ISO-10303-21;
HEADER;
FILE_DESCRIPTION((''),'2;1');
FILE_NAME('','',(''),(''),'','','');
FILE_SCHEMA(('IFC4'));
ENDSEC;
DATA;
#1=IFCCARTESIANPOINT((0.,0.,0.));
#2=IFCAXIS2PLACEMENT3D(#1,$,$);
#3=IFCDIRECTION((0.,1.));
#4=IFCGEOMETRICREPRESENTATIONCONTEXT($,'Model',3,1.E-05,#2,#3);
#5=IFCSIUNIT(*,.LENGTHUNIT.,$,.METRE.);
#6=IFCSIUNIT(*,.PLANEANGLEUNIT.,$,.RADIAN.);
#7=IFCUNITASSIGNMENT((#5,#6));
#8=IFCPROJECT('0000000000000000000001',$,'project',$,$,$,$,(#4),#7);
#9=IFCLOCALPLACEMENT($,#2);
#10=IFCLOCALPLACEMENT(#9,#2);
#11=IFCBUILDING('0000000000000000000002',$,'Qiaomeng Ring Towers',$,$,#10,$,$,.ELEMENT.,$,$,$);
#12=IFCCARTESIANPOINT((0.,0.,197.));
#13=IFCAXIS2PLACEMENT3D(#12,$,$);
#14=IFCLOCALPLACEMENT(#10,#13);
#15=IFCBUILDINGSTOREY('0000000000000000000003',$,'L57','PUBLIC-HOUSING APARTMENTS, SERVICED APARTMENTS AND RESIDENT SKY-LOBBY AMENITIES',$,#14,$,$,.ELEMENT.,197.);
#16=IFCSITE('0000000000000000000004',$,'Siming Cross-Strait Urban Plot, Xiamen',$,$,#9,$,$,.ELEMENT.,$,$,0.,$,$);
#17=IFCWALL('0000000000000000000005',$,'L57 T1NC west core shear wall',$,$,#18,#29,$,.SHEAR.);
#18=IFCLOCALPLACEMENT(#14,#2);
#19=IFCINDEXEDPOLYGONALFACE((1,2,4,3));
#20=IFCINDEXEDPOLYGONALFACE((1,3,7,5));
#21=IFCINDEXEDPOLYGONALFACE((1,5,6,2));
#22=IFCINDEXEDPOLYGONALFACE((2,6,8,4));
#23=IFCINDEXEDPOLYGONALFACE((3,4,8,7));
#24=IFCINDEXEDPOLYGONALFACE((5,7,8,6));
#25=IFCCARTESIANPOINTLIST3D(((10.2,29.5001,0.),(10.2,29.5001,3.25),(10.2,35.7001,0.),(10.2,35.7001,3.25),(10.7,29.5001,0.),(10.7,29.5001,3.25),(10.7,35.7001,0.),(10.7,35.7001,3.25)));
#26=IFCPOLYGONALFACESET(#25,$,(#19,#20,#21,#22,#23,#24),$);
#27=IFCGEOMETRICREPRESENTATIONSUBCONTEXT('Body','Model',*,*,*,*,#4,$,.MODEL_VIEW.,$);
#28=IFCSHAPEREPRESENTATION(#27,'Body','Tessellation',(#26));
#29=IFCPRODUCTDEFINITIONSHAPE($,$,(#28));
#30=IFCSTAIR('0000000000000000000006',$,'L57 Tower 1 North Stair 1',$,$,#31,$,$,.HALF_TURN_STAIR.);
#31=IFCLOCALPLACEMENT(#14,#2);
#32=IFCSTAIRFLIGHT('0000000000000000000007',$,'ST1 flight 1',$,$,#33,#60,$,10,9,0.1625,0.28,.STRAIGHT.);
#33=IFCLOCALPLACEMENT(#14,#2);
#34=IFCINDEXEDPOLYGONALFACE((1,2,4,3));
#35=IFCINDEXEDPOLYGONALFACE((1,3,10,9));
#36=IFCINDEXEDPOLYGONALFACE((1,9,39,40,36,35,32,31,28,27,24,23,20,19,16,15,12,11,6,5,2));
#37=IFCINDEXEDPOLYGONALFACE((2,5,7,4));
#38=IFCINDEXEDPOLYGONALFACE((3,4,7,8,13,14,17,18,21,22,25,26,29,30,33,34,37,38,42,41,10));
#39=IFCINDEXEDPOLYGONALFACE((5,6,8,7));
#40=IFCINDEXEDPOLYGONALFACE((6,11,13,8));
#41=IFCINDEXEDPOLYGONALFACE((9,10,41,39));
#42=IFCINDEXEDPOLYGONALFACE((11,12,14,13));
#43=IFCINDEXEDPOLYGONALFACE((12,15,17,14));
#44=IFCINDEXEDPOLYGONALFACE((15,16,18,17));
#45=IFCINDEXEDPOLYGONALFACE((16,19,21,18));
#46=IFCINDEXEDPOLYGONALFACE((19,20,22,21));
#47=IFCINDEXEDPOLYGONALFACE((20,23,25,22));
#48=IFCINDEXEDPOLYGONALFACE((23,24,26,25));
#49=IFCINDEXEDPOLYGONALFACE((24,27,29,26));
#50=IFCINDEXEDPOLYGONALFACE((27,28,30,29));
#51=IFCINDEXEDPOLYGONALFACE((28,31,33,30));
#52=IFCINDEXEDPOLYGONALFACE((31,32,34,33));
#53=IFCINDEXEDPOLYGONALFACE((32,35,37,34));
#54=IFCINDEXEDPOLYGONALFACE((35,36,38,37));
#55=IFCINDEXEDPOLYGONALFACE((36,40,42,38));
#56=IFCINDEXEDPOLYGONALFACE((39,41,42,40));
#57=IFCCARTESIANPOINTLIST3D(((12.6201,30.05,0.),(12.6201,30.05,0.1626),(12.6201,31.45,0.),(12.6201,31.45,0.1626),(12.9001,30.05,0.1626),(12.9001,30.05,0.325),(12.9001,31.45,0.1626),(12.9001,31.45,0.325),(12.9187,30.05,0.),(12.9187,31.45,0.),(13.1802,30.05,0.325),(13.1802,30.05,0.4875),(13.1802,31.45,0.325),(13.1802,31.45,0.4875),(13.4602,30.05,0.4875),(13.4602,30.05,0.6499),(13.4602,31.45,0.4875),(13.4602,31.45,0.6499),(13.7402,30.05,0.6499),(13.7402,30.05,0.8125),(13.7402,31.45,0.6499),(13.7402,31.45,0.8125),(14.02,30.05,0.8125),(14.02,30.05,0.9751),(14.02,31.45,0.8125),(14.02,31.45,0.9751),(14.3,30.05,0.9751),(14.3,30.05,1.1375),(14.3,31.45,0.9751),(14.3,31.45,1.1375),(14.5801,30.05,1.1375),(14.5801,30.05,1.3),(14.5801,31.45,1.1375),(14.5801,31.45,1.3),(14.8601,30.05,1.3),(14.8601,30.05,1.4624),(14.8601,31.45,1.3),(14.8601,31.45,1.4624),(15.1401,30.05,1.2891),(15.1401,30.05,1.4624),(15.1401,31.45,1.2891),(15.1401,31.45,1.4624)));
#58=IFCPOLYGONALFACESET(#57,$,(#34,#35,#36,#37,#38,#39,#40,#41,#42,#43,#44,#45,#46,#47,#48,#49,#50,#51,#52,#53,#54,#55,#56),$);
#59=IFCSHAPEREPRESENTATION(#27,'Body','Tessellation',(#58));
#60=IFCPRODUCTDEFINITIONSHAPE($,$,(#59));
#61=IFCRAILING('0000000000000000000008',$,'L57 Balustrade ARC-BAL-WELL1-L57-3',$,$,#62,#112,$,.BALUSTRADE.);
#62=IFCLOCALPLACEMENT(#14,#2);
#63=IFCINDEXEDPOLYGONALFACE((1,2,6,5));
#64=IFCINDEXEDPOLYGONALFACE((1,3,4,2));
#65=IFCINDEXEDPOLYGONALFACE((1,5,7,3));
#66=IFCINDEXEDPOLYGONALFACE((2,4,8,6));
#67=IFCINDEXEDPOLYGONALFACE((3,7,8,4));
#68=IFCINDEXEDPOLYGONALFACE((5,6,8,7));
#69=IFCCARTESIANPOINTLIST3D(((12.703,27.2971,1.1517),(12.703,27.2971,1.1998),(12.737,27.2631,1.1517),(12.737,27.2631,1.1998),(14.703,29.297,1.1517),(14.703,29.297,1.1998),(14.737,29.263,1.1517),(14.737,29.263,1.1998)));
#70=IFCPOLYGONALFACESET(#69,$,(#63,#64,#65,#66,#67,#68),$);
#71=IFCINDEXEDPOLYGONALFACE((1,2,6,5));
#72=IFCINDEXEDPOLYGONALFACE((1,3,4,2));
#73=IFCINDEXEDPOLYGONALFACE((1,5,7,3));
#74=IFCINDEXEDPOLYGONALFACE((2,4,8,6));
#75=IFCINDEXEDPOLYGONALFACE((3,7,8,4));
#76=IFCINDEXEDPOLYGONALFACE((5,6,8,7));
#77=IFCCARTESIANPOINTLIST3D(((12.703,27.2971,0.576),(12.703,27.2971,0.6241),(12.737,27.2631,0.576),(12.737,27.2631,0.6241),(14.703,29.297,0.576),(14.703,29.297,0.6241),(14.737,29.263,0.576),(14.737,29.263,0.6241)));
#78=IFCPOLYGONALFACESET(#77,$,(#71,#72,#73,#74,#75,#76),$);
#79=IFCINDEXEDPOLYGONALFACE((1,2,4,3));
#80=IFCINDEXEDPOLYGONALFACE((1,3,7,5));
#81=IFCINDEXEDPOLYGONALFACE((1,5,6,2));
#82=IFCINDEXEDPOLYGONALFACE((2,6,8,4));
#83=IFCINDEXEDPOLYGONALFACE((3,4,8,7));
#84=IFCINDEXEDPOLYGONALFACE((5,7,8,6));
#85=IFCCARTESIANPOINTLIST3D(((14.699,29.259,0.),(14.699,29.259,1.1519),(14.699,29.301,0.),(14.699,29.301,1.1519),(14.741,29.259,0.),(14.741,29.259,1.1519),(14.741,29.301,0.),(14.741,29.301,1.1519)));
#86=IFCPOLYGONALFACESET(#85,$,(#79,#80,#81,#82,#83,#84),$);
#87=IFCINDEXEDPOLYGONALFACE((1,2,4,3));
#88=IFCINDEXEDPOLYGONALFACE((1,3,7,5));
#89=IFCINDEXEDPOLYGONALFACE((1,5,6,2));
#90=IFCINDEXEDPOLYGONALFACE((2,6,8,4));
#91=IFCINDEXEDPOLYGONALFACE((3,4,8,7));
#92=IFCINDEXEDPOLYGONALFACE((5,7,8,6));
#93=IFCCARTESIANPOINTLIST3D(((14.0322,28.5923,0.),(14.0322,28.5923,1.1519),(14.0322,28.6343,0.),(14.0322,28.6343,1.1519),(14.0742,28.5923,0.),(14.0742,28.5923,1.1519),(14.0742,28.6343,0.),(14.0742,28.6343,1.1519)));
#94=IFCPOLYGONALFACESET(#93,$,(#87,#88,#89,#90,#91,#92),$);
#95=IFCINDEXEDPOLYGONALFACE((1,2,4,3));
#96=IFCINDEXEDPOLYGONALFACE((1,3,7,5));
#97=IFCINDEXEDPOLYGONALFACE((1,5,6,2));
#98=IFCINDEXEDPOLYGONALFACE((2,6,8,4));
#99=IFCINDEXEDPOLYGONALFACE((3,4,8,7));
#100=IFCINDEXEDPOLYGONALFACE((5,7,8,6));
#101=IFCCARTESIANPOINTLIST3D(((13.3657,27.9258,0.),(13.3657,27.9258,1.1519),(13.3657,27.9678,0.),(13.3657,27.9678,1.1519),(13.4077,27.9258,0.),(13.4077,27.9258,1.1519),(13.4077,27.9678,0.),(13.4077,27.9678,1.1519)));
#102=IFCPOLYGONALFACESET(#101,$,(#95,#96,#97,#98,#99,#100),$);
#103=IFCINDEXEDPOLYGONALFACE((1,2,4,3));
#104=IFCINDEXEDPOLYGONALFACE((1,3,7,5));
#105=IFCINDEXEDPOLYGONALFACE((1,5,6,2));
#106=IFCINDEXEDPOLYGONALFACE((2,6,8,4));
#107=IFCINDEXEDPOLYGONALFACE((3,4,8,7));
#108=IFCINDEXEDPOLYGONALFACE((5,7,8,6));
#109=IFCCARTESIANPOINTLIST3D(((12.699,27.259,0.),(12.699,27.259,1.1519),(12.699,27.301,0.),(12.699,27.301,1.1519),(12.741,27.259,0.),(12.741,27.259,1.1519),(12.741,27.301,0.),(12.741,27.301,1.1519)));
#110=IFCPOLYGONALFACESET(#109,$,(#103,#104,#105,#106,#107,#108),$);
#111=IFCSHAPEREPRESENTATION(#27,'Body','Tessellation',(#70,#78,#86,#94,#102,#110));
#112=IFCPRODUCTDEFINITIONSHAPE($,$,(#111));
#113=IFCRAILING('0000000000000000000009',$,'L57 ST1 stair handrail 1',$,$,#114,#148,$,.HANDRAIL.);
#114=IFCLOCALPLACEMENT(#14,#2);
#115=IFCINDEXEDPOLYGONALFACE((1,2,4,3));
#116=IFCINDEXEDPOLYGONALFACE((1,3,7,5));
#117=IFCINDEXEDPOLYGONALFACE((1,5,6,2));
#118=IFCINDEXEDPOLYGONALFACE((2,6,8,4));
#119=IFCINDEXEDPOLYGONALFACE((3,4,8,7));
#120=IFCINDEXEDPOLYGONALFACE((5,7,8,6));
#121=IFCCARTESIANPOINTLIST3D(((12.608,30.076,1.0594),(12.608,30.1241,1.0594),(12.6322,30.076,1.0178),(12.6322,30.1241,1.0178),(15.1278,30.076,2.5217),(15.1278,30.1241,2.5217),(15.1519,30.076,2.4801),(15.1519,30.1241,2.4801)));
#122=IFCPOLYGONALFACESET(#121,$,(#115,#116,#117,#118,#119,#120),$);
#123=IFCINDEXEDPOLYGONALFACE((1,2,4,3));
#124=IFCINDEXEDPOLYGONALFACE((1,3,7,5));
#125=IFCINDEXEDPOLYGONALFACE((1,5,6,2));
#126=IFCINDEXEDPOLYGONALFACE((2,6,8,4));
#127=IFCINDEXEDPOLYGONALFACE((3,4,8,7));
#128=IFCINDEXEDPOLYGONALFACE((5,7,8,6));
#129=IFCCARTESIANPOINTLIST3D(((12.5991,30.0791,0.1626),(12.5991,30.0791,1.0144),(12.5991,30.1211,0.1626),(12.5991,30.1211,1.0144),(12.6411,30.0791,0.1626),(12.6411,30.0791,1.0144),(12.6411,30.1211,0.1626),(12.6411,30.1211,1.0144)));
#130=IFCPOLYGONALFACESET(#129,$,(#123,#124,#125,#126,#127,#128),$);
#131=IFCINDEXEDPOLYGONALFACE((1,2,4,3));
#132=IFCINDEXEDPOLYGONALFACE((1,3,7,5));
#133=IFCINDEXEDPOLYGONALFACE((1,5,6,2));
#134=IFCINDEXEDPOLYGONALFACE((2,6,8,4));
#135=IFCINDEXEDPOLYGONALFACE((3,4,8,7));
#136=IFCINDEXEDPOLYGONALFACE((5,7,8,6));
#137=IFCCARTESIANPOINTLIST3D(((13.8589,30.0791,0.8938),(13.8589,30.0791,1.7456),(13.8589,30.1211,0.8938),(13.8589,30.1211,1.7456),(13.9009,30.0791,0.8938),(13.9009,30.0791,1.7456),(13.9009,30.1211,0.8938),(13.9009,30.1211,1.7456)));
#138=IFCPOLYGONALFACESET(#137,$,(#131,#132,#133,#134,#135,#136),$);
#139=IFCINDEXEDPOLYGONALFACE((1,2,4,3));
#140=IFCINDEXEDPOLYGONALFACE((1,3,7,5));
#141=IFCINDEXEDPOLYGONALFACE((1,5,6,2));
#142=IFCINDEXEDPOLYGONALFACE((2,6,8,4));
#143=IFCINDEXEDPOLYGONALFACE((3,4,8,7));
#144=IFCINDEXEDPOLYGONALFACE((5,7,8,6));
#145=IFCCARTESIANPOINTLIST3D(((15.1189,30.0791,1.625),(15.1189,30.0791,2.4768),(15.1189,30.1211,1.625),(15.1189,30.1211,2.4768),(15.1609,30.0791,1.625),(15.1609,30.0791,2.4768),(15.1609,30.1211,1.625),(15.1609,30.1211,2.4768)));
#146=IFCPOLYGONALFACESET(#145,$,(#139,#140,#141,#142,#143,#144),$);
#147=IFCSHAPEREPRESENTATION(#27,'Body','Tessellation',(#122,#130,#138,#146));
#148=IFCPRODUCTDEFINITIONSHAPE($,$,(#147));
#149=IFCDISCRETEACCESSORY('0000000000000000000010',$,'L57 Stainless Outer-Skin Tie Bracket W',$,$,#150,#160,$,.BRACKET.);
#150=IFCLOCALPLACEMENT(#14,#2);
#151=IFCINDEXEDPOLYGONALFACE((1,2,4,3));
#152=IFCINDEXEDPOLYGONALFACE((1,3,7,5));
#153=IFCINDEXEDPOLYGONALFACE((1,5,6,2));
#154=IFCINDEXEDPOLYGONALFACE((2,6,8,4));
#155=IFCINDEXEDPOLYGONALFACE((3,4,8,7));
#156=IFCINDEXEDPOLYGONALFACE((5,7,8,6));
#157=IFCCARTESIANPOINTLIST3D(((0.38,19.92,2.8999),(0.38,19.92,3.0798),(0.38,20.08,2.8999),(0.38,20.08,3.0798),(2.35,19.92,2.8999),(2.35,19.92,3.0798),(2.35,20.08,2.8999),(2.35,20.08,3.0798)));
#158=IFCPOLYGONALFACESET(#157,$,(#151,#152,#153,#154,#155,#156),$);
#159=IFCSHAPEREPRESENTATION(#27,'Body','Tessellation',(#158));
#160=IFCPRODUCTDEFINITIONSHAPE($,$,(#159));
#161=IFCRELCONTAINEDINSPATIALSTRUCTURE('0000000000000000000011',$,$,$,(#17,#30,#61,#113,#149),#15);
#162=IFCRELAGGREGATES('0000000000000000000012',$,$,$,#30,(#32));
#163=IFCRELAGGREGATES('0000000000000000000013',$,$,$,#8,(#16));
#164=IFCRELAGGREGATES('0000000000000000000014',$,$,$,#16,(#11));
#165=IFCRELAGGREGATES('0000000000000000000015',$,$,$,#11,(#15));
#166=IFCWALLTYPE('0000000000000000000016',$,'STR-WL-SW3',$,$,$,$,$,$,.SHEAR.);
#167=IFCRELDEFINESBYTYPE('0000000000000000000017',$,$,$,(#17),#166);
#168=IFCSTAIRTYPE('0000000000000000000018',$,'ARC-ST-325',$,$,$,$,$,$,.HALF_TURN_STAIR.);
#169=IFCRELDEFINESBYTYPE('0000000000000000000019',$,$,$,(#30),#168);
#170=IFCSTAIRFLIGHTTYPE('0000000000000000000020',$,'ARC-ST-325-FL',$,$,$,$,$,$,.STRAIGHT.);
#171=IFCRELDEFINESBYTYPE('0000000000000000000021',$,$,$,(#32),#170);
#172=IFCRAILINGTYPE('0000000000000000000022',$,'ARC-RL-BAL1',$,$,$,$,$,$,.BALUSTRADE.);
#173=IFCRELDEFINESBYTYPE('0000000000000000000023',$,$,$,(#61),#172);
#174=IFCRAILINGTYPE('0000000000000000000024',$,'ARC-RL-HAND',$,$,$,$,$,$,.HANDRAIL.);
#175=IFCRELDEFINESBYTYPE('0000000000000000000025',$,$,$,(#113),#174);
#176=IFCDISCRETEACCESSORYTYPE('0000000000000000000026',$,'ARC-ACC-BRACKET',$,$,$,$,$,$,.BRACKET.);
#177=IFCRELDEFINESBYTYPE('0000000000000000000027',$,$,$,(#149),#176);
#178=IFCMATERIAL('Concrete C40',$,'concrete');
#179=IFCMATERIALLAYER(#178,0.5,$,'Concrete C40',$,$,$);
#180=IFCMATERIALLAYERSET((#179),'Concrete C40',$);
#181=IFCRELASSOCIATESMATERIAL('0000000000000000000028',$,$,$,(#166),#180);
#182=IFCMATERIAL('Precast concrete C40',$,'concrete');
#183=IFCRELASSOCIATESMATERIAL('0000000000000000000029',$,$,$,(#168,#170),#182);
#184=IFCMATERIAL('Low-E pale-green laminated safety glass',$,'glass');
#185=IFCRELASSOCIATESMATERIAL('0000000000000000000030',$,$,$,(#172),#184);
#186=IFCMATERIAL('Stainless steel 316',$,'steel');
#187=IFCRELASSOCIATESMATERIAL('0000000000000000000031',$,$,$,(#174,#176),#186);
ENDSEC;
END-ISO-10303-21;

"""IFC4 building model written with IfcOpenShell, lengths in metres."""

from ifc_helpers import new_model, si_unit, direction, frame, frame_2d, origin, origin_2d, place, context, subcontext, project, spatial, polyline, rectangle, outline, extrude, source, transform, mapped, material, layer, layer_set, type_object, element, aggregate, save


model = new_model("IFC4")

# Units and contexts
model_context = context("Model", 3, precision=1e-05, world=origin(), true_north=direction((0.0, 1.0)))
body_context = subcontext(model_context, "Body", "Model", "MODEL_VIEW")
ifc_project = project(units=[si_unit("LENGTHUNIT", "METRE"), si_unit("PLANEANGLEUNIT", "RADIAN")], contexts=[model_context])

# Site, building, storey
site_placement = place(None, origin())
site = spatial("IfcSite", under=ifc_project, at=site_placement, Name="Siming Cross-Strait Urban Plot, Xiamen", CompositionType="ELEMENT", RefElevation=0.0)
building_placement = place(site_placement, origin())
building = spatial("IfcBuilding", under=site, at=building_placement, Name="Qiaomeng Ring Towers", CompositionType="ELEMENT")
storey_placement = place(building_placement, frame((0.0, 0.0, 197.0)))
storey = spatial("IfcBuildingStorey", under=building, at=storey_placement, Name="L57", Description="PUBLIC-HOUSING APARTMENTS, SERVICED APARTMENTS AND RESIDENT SKY-LOBBY AMENITIES", CompositionType="ELEMENT", Elevation=197.0)

# Shared definitions
ifc_material_1 = material(Name="Concrete C40", Category="concrete")

# Shared definitions
ifc_material_2 = material(Name="Stainless steel 316", Category="steel")

# Wall
ifc_layer_1 = layer(ifc_material_1, 0.5, Name="Concrete C40")
ifc_layer_set_1 = layer_set([ifc_layer_1], Name="Concrete C40")
wall_type_1 = type_object("IfcWallType", Name="STR-WL-SW3", PredefinedType="SHEAR", material=ifc_layer_set_1)
wall_1_placement = place(storey_placement, frame((10.45, 29.5, 0.0), z_axis=(0.0, 0.0, 1.0), x_axis=(0.0, 1.0, 0.0)))
element("IfcWall", 1, at=wall_1_placement, inside=storey, type_object=wall_type_1, Name="L57 T1NC west core shear wall", PredefinedType="SHEAR", context=body_context, shape_type="SweptSolid", body=[
    extrude(rectangle(XDim=6.2, YDim=0.5, at=frame_2d((3.1001, 0.0))), origin(), (0.0, 0.0, 1.0), 3.25),
])

# Stair, stair flight
ifc_material_3 = material(Name="Precast concrete C40", Category="concrete")
stair_type = type_object("IfcStairType", Name="ARC-ST-325", PredefinedType="HALF_TURN_STAIR", material=ifc_material_3)
stair_placement = place(storey_placement, origin())
stair = element("IfcStair", 2, at=stair_placement, inside=storey, type_object=stair_type, Name="L57 Tower 1 North Stair 1", PredefinedType="HALF_TURN_STAIR")
stair_flight_type = type_object("IfcStairFlightType", Name="ARC-ST-325-FL", PredefinedType="STRAIGHT", material=ifc_material_3)
shared_shape_1 = source(origin(), body_context, "Body", "SweptSolid", [
    extrude(outline(polyline([(0.0, 0.0), (0.0, 0.1626), (0.28, 0.1626), (0.28, 0.325), (0.5601, 0.325), (0.5601, 0.4875), (0.8401, 0.4875), (0.8401, 0.6499), (1.1201, 0.6499), (1.1201, 0.8125), (1.3999, 0.8125), (1.3999, 0.9751), (1.6799, 0.9751), (1.6799, 1.1375), (1.96, 1.1375), (1.96, 1.3), (2.24, 1.3), (2.24, 1.4624), (2.52, 1.4624), (2.52, 1.625), (2.52, 1.2891), (0.2986, 0.0), (0.0, 0.0)])), frame((0.0, 0.7, 0.0), z_axis=(0.0, -1.0, 0.0), x_axis=(1.0, 0.0, 0.0)), (0.0, 0.0, 1.0), 1.3999),
])
stair_flight_placement = place(storey_placement, frame((12.6201, 30.75, 0.0), z_axis=(0.0, 0.0, 1.0), x_axis=(1.0, 0.0, 0.0)))
stair_flight = element("IfcStairFlight", 3, at=stair_flight_placement, type_object=stair_flight_type, Name="ST1 flight 1", NumberOfRisers=10, NumberOfTreads=9, PredefinedType="STRAIGHT", RiserHeight=0.1625, TreadLength=0.28, context=body_context, shape_type="MappedRepresentation", body=[
    mapped(shared_shape_1, transform((0.0, 0.0, 0.0), x_axis=(1.0, 0.0, 0.0), y_axis=(0.0, 1.0, 0.0), z_axis=(0.0, 0.0, 1.0), scale=1.0)),
])
aggregate(stair, [stair_flight])

# Railings
ifc_material_4 = material(Name="Low-E pale-green laminated safety glass", Category="glass")
railing_type_1 = type_object("IfcRailingType", Name="ARC-RL-BAL1", PredefinedType="BALUSTRADE", material=ifc_material_4)
railing_1_placement = place(storey_placement, frame((14.72, 29.28, 0.0)))
element("IfcRailing", 4, at=railing_1_placement, inside=storey, type_object=railing_type_1, Name="L57 Balustrade ARC-BAL-WELL1-L57-3", PredefinedType="BALUSTRADE", context=body_context, shape_type="SweptSolid", body=[
    extrude(rectangle(XDim=0.0481, YDim=0.0481, at=origin_2d()), frame((0.0, 0.0, 1.1758), z_axis=(-0.707107, -0.707107, 0.0), x_axis=(0.707107, -0.707107, 0.0)), (0.0, 0.0, 1.0), 2.8284),
    extrude(rectangle(XDim=0.0481, YDim=0.0481, at=origin_2d()), frame((0.0, 0.0, 0.6001), z_axis=(-0.707107, -0.707107, 0.0), x_axis=(0.707107, -0.707107, 0.0)), (0.0, 0.0, 1.0), 2.8284),
    extrude(rectangle(XDim=0.042, YDim=0.042, at=origin_2d()), origin(), (0.0, 0.0, 1.0), 1.1519),
    extrude(rectangle(XDim=0.042, YDim=0.042, at=origin_2d()), frame((-0.6667, -0.6667, 0.0)), (0.0, 0.0, 1.0), 1.1519),
    extrude(rectangle(XDim=0.042, YDim=0.042, at=origin_2d()), frame((-1.3333, -1.3333, 0.0)), (0.0, 0.0, 1.0), 1.1519),
    extrude(rectangle(XDim=0.042, YDim=0.042, at=origin_2d()), frame((-2.0, -2.0, 0.0)), (0.0, 0.0, 1.0), 1.1519),
])
railing_type_2 = type_object("IfcRailingType", Name="ARC-RL-HAND", PredefinedType="HANDRAIL", material=ifc_material_2)
railing_2_placement = place(storey_placement, frame((12.6201, 30.1001, 0.1626)))
element("IfcRailing", 5, at=railing_2_placement, inside=storey, type_object=railing_type_2, Name="L57 ST1 stair handrail 1", PredefinedType="HANDRAIL", context=body_context, shape_type="SweptSolid", body=[
    extrude(rectangle(XDim=0.0481, YDim=0.0481, at=origin_2d()), frame((0.0, 0.0, 0.876), z_axis=(0.864892, 0.0, 0.501958), x_axis=(0.0, 1.0, 0.0)), (0.0, 0.0, 1.0), 2.9133),
    extrude(rectangle(XDim=0.042, YDim=0.042, at=origin_2d()), origin(), (0.0, 0.0, 1.0), 0.8518),
    extrude(rectangle(XDim=0.042, YDim=0.042, at=origin_2d()), frame((1.2598, 0.0, 0.7312)), (0.0, 0.0, 1.0), 0.8518),
    extrude(rectangle(XDim=0.042, YDim=0.042, at=origin_2d()), frame((2.5198, 0.0, 1.4624)), (0.0, 0.0, 1.0), 0.8518),
])

# Discrete accessory
discrete_accessory_type = type_object("IfcDiscreteAccessoryType", Name="ARC-ACC-BRACKET", PredefinedType="BRACKET", material=ifc_material_2)
shared_shape_2 = source(origin(), body_context, "Body", "SweptSolid", [
    extrude(rectangle(XDim=1.97, YDim=0.1599, at=origin_2d()), origin(), (0.0, 0.0, 1.0), 0.1799),
])
discrete_accessory_placement = place(storey_placement, frame((1.365, 20.0, 2.8999), z_axis=(0.0, 0.0, 1.0), x_axis=(1.0, 0.0, 0.0)))
element("IfcDiscreteAccessory", 6, at=discrete_accessory_placement, inside=storey, type_object=discrete_accessory_type, Name="L57 Stainless Outer-Skin Tie Bracket W", PredefinedType="BRACKET", context=body_context, shape_type="MappedRepresentation", body=[
    mapped(shared_shape_2, transform((0.0, 0.0, 0.0), x_axis=(1.0, 0.0, 0.0), y_axis=(0.0, 1.0, 0.0), z_axis=(0.0, 0.0, 1.0), scale=1.0)),
])

save(model, "model.ifc")
